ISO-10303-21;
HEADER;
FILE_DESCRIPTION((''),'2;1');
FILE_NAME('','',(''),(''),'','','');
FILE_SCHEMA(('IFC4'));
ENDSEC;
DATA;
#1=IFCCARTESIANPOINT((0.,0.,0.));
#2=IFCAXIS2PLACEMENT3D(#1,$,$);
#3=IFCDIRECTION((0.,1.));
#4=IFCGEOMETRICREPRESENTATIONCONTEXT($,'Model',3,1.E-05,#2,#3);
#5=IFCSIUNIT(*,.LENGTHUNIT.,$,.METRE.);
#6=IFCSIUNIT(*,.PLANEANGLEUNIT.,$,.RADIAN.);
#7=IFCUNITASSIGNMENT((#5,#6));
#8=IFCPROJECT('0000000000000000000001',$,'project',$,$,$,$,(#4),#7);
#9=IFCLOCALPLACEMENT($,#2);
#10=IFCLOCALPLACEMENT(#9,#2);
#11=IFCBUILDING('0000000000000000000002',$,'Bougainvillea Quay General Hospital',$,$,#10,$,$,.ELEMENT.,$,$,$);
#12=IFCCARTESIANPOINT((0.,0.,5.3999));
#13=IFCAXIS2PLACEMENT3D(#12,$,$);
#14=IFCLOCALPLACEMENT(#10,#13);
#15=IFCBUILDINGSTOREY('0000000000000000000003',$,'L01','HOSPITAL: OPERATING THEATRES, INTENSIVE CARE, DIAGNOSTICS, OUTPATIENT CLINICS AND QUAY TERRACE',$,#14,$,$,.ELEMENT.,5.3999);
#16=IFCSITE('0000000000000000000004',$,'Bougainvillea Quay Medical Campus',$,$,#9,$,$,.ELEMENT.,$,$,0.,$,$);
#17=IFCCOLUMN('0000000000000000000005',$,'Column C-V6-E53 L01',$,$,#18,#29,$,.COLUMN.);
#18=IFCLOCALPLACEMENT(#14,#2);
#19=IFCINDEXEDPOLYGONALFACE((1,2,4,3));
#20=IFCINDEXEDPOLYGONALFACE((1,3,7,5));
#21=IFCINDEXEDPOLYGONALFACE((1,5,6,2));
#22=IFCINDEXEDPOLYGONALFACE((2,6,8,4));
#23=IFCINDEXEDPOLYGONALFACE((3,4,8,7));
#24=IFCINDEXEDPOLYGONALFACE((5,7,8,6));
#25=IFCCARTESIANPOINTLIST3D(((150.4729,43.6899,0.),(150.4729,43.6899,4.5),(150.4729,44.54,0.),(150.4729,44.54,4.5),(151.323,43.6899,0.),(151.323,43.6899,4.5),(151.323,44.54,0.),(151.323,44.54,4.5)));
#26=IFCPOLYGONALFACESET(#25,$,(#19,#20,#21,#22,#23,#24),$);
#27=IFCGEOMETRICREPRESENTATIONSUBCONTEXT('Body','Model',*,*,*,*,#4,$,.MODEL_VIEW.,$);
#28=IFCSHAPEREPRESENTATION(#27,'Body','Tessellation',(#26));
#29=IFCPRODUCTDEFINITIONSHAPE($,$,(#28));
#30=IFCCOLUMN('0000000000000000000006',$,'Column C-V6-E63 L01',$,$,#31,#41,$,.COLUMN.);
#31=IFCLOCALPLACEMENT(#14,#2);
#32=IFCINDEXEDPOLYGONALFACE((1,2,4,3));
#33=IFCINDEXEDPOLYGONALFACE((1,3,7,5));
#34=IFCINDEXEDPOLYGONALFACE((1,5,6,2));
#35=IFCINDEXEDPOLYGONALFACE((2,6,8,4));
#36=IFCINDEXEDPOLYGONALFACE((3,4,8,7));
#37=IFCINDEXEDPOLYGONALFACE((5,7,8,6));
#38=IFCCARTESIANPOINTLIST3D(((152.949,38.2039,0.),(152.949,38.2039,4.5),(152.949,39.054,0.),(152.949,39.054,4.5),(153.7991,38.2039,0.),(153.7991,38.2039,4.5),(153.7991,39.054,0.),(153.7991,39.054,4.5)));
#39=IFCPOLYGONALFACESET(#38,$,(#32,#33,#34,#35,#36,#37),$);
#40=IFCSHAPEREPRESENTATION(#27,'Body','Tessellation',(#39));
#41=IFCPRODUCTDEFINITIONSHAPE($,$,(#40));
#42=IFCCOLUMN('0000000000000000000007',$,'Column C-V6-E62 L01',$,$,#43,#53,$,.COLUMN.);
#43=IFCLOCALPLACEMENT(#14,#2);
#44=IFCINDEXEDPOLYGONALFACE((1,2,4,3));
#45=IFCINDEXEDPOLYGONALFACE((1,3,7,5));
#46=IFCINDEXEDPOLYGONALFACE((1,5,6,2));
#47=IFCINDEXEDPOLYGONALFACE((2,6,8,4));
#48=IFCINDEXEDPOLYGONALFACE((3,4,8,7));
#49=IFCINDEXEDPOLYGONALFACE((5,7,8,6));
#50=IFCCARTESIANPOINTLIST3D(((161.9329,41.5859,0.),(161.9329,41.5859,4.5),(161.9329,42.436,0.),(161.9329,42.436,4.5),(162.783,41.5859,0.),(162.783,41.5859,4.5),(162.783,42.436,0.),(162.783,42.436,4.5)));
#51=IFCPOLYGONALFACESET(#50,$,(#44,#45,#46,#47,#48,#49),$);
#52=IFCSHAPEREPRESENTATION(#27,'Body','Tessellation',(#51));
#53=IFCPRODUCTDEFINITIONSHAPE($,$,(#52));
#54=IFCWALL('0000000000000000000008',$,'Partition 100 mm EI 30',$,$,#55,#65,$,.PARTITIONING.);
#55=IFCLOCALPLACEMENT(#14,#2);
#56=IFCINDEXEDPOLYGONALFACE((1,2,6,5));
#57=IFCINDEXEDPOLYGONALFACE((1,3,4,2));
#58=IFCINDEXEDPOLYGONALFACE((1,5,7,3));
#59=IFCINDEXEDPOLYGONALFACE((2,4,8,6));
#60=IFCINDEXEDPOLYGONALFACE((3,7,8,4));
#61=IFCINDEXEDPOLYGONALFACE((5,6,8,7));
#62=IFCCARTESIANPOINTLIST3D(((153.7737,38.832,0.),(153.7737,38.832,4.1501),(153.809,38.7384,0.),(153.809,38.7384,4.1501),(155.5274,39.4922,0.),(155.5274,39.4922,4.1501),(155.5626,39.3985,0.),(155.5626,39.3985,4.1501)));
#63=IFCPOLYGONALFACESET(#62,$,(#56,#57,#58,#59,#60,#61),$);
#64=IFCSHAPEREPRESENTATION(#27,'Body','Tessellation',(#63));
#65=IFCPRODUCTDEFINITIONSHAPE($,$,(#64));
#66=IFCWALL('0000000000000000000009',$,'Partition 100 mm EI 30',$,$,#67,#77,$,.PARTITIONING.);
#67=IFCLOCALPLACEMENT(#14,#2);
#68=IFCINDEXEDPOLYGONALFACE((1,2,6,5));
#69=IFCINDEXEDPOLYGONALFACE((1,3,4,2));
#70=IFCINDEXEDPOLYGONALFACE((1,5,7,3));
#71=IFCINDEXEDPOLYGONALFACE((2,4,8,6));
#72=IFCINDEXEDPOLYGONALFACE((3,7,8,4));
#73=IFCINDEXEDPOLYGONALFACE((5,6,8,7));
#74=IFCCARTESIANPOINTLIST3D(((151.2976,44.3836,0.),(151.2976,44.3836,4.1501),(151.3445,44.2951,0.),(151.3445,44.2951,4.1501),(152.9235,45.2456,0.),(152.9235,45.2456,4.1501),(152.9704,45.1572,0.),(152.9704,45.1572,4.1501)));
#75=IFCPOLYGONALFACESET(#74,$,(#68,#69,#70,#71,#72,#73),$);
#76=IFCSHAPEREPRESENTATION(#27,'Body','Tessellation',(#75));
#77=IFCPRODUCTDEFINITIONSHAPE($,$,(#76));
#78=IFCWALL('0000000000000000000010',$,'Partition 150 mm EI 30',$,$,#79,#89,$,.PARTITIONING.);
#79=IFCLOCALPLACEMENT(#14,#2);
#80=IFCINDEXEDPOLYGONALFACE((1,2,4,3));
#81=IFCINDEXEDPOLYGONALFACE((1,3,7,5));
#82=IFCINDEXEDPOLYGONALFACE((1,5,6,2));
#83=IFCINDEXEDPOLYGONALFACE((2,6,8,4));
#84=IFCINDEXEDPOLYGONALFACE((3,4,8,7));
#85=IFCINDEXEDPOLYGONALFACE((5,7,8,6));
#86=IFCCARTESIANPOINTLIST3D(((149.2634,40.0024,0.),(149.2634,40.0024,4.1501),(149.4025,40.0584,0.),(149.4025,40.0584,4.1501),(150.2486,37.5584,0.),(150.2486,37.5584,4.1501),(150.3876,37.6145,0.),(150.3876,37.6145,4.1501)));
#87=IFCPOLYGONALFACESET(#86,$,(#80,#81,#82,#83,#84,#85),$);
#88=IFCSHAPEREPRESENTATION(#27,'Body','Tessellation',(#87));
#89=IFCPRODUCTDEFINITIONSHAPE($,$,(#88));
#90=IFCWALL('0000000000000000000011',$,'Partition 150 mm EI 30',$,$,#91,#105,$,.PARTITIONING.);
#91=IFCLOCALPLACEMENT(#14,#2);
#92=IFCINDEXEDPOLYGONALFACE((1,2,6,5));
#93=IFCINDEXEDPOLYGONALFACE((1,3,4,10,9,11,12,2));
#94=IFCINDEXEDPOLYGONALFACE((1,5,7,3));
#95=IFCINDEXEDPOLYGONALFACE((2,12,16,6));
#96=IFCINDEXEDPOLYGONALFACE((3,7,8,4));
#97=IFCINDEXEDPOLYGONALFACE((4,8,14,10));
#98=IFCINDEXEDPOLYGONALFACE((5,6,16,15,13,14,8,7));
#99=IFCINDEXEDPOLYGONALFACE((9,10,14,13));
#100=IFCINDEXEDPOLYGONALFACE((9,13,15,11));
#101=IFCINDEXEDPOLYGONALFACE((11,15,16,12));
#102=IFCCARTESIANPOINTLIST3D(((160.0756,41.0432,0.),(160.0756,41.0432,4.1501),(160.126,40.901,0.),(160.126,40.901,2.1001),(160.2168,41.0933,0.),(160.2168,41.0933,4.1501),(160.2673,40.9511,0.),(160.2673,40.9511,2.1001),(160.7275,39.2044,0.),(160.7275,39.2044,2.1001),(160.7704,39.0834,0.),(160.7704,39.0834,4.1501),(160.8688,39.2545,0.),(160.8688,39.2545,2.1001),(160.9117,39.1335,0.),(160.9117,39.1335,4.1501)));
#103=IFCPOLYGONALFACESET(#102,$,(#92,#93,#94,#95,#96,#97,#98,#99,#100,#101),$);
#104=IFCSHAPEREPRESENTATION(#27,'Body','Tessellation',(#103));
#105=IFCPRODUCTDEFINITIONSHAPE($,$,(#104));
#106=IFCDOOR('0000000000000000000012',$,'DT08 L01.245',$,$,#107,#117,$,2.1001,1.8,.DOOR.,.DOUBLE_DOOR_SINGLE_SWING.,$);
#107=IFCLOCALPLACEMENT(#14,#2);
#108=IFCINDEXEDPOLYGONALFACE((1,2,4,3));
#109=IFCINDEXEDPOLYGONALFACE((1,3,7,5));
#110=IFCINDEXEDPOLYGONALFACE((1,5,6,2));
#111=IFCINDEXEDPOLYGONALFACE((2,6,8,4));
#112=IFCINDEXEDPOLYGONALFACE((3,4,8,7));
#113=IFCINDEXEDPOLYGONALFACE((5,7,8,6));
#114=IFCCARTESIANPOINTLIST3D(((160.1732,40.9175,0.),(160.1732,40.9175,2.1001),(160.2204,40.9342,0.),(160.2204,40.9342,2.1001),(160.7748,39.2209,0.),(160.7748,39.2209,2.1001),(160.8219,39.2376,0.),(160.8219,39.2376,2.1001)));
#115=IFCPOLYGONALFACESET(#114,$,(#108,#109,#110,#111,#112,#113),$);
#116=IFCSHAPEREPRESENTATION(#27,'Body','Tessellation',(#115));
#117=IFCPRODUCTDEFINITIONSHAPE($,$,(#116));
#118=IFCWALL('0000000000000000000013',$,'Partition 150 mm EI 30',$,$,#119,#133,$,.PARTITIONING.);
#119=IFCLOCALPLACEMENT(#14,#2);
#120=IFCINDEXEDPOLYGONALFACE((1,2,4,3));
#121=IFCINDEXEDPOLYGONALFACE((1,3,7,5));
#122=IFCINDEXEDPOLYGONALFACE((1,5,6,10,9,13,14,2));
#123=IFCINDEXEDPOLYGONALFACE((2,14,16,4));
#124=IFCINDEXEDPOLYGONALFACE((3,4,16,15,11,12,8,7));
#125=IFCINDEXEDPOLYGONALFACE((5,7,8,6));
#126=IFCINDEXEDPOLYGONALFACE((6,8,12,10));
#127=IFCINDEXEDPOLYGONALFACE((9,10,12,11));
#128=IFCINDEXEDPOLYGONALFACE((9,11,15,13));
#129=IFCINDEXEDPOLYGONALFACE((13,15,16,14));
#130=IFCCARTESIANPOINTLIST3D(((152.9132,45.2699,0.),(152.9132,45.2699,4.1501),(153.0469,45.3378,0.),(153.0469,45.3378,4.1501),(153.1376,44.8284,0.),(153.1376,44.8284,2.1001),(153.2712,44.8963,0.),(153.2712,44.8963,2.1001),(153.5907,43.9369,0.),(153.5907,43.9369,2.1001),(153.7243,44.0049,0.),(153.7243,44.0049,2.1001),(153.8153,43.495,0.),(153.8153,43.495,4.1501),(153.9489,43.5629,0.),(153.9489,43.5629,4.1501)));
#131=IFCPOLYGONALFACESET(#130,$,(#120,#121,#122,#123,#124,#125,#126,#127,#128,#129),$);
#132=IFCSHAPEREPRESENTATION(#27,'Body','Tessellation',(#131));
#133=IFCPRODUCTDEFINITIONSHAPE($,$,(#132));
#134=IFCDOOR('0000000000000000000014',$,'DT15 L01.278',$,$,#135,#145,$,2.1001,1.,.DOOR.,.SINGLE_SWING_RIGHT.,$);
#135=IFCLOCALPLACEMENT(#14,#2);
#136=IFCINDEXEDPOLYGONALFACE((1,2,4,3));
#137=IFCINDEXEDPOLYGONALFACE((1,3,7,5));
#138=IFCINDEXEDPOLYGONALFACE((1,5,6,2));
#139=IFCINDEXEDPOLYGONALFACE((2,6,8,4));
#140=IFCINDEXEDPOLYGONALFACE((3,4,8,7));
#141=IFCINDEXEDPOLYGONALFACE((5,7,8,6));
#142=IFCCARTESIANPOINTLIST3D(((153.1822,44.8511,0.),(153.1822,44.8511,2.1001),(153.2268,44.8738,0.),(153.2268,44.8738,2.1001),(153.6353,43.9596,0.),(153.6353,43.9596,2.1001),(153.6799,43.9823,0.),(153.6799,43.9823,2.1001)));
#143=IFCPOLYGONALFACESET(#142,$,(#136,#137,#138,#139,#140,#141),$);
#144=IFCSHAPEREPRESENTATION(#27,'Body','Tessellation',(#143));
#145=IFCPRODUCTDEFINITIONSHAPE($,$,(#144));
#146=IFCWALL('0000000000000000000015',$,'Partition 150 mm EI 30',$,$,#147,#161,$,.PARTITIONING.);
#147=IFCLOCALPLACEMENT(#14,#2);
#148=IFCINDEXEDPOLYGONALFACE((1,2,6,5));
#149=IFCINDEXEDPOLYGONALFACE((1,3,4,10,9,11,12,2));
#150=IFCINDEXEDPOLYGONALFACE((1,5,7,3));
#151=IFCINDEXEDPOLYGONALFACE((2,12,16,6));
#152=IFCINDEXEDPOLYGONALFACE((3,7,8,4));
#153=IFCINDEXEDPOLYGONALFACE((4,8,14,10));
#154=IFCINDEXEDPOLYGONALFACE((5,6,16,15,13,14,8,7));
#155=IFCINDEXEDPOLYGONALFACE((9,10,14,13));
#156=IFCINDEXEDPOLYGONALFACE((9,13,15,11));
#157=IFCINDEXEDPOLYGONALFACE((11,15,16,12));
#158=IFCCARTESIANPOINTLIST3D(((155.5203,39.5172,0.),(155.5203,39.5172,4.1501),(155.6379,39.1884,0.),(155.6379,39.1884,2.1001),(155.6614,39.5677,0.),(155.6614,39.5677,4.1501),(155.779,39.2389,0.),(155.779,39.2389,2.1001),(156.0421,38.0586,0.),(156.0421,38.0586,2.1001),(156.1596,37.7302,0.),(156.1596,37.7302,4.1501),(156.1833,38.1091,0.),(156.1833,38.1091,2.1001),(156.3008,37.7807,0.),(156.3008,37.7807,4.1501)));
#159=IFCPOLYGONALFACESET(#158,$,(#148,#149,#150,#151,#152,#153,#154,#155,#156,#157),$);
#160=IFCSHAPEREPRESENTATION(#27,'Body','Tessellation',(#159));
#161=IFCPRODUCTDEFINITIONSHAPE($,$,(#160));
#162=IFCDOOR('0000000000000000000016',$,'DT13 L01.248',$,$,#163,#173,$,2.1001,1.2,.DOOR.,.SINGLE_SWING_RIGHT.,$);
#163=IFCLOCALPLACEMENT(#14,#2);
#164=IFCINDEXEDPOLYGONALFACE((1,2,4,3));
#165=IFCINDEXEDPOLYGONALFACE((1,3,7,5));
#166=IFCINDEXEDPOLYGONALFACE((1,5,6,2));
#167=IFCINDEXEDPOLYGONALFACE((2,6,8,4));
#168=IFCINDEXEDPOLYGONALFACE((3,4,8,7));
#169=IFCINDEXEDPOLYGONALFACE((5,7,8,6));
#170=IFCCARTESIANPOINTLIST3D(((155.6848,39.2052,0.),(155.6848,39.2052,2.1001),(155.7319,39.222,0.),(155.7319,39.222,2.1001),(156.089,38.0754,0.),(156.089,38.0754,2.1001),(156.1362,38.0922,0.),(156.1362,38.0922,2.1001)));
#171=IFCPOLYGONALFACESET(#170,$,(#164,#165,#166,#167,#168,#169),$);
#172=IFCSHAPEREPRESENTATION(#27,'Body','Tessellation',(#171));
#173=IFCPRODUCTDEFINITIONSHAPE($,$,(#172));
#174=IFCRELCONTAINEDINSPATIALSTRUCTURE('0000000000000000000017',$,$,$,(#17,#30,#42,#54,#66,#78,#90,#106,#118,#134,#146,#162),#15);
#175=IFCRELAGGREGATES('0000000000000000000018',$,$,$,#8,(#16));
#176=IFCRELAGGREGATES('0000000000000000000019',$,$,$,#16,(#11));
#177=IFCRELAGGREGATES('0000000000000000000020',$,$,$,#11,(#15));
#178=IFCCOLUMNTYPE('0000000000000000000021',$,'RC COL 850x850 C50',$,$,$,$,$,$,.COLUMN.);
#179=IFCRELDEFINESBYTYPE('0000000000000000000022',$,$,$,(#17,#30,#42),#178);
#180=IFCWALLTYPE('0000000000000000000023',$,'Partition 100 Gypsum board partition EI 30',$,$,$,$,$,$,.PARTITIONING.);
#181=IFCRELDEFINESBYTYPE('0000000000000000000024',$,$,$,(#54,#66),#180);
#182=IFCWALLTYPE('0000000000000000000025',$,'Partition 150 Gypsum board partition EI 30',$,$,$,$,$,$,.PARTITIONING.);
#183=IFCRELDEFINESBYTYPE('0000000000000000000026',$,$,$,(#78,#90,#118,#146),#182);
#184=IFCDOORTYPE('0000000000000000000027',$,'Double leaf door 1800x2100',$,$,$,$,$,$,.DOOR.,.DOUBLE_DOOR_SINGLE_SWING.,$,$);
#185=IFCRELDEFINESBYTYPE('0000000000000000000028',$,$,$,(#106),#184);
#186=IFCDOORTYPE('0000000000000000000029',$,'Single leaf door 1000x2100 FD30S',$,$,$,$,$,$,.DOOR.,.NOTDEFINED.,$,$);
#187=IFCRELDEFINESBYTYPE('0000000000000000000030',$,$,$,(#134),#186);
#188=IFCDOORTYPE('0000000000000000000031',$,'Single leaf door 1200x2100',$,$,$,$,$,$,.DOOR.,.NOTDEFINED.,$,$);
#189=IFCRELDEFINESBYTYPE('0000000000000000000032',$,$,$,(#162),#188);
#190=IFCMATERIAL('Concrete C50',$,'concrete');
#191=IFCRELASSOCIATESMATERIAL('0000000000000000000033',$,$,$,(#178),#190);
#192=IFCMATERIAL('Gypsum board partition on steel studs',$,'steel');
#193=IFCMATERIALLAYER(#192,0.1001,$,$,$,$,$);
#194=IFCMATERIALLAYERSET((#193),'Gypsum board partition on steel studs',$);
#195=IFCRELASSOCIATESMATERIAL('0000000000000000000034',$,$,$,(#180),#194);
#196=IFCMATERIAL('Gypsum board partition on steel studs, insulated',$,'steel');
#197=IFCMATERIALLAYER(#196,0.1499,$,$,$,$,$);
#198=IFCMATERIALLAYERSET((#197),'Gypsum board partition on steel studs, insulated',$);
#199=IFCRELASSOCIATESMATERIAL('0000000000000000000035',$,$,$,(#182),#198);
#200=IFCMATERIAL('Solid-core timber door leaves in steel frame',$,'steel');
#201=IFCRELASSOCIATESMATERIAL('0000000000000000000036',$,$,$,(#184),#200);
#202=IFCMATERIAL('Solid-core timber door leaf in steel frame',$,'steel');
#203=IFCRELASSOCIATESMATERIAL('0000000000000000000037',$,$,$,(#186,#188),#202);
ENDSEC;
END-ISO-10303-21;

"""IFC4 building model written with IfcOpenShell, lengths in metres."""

from ifc_helpers import new_model, si_unit, direction, frame, frame_2d, origin, origin_2d, place, context, subcontext, project, spatial, rectangle, extrude, material, layer, layer_set, material_profile, profile_set, type_object, element, fill, save


model = new_model("IFC4")

# Units and contexts
model_context = context("Model", 3, precision=1e-05, world=origin(), true_north=direction((0.0, 1.0)))
body_context = subcontext(model_context, "Body", "Model", "MODEL_VIEW")
ifc_project = project(units=[si_unit("LENGTHUNIT", "METRE"), si_unit("PLANEANGLEUNIT", "RADIAN")], contexts=[model_context])

# Site, building, storey
site_placement = place(None, origin())
site = spatial("IfcSite", under=ifc_project, at=site_placement, Name="Bougainvillea Quay Medical Campus", CompositionType="ELEMENT", RefElevation=0.0)
building_placement = place(site_placement, origin())
building = spatial("IfcBuilding", under=site, at=building_placement, Name="Bougainvillea Quay General Hospital", CompositionType="ELEMENT")
storey_placement = place(building_placement, frame((0.0, 0.0, 5.3999)))
storey = spatial("IfcBuildingStorey", under=building, at=storey_placement, Name="L01", Description="HOSPITAL: OPERATING THEATRES, INTENSIVE CARE, DIAGNOSTICS, OUTPATIENT CLINICS AND QUAY TERRACE", CompositionType="ELEMENT", Elevation=5.3999)

# Columns
ifc_material_1 = material(Name="Concrete C50", Category="concrete")
ifc_material_profile = material_profile(ifc_material_1, rectangle(XDim=0.8501, YDim=0.8501, at=origin_2d()))
ifc_profile_set = profile_set([ifc_material_profile], Name="Concrete C50")
column_type = type_object("IfcColumnType", Name="RC COL 850x850 C50", PredefinedType="COLUMN", material=ifc_profile_set)
for number, where, z_axis, x_axis, name in (
    (1, (150.8979, 44.115, 0.0), (0.0, 0.0, 1.0), (1.0, 0.0, 0.0), "Column C-V6-E53 L01"),
    (2, (153.374, 38.6289, 0.0), (0.0, 0.0, 1.0), (1.0, 0.0, 0.0), "Column C-V6-E63 L01"),
    (3, (162.3579, 42.011, 0.0), (0.0, 0.0, 1.0), (1.0, 0.0, 0.0), "Column C-V6-E62 L01"),
):
    element("IfcColumn", number, at=place(storey_placement, frame(where, z_axis=z_axis, x_axis=x_axis)), inside=storey, type_object=column_type, Name=name, PredefinedType="COLUMN", context=body_context, shape_type="SweptSolid", body=[
        extrude(rectangle(XDim=0.8501, YDim=0.8501, at=origin_2d()), origin(), (0.0, 0.0, 1.0), 4.5),
    ])

# Walls
ifc_material_2 = material(Name="Gypsum board partition on steel studs", Category="steel")
ifc_layer_1 = layer(ifc_material_2, 0.1001)
ifc_layer_set_1 = layer_set([ifc_layer_1], Name="Gypsum board partition on steel studs")
wall_type_1 = type_object("IfcWallType", Name="Partition 100 Gypsum board partition EI 30", PredefinedType="PARTITIONING", material=ifc_layer_set_1)
wall_1_placement = place(storey_placement, frame((153.7913, 38.7852, 0.0), z_axis=(0.0, 0.0, 1.0), x_axis=(0.935884, 0.352308, 0.0)))
element("IfcWall", 4, at=wall_1_placement, inside=storey, type_object=wall_type_1, Name="Partition 100 mm EI 30", PredefinedType="PARTITIONING", context=body_context, shape_type="SweptSolid", body=[
    extrude(rectangle(XDim=1.8738, YDim=0.1001, at=frame_2d((0.937, 0.0))), origin(), (0.0, 0.0, 1.0), 4.1501),
])
wall_2_placement = place(storey_placement, frame((151.321, 44.3394, 0.0), z_axis=(0.0, 0.0, 1.0), x_axis=(0.883507, 0.468418, 0.0)))
element("IfcWall", 5, at=wall_2_placement, inside=storey, type_object=wall_type_1, Name="Partition 100 mm EI 30", PredefinedType="PARTITIONING", context=body_context, shape_type="SweptSolid", body=[
    extrude(rectangle(XDim=1.8403, YDim=0.1001, at=frame_2d((0.9202, 0.0))), origin(), (0.0, 0.0, 1.0), 4.1501),
])
ifc_material_3 = material(Name="Gypsum board partition on steel studs, insulated", Category="steel")
ifc_layer_2 = layer(ifc_material_3, 0.1499)
ifc_layer_set_2 = layer_set([ifc_layer_2], Name="Gypsum board partition on steel studs, insulated")
wall_type_2 = type_object("IfcWallType", Name="Partition 150 Gypsum board partition EI 30", PredefinedType="PARTITIONING", material=ifc_layer_set_2)
wall_3_placement = place(storey_placement, frame((149.333, 40.0303, 0.0), z_axis=(0.0, 0.0, 1.0), x_axis=(0.373865, -0.927483, 0.0)))
element("IfcWall", 6, at=wall_3_placement, inside=storey, type_object=wall_type_2, Name="Partition 150 mm EI 30", PredefinedType="PARTITIONING", context=body_context, shape_type="SweptSolid", body=[
    extrude(rectangle(XDim=2.635, YDim=0.1499, at=frame_2d((1.3174, 0.0))), origin(), (0.0, 0.0, 1.0), 4.1501),
])

# Walls, openings, doors
wall_4_placement = place(storey_placement, frame((160.1462, 41.0681, 0.0), z_axis=(0.0, 0.0, 1.0), x_axis=(0.334171, -0.942512, 0.0)))
wall_4 = element("IfcWall", 7, at=wall_4_placement, inside=storey, type_object=wall_type_2, Name="Partition 150 mm EI 30", PredefinedType="PARTITIONING", context=body_context, shape_type="SweptSolid", body=[
    extrude(rectangle(XDim=2.0793, YDim=0.1499, at=frame_2d((1.0396, 0.0))), origin(), (0.0, 0.0, 1.0), 4.1501),
])
opening_1_placement = place(wall_4_placement, frame((0.1509, 0.0, 0.0)))
opening_1 = element("IfcOpeningElement", 8, at=opening_1_placement, cuts=wall_4, PredefinedType="OPENING", context=body_context, shape_type="SweptSolid", body=[
    extrude(rectangle(XDim=1.8, YDim=2.1001, at=frame_2d((0.8999, 1.05))), frame((0.0, 0.085, 0.0), z_axis=(0.0, -1.0, 0.0), x_axis=(1.0, 0.0, 0.0)), (0.0, 0.0, 1.0), 0.1699),
])
ifc_material_4 = material(Name="Solid-core timber door leaves in steel frame", Category="steel")
door_type_1 = type_object("IfcDoorType", Name="Double leaf door 1800x2100", OperationType="DOUBLE_DOOR_SINGLE_SWING", PredefinedType="DOOR", material=ifc_material_4)
door_1_placement = place(opening_1_placement, frame((1.8, 0.0, 0.0), z_axis=(0.0, 0.0, 1.0), x_axis=(-1.0, 0.0, 0.0)))
door_1 = element("IfcDoor", 9, at=door_1_placement, inside=storey, type_object=door_type_1, Name="DT08 L01.245", OperationType="DOUBLE_DOOR_SINGLE_SWING", OverallHeight=2.1001, OverallWidth=1.8, PredefinedType="DOOR", context=body_context, shape_type="SweptSolid", body=[
    extrude(rectangle(XDim=1.8, YDim=2.1001, at=frame_2d((0.8999, 1.05))), frame((0.0, 0.0249, 0.0), z_axis=(0.0, -1.0, 0.0), x_axis=(1.0, 0.0, 0.0)), (0.0, 0.0, 1.0), 0.05),
])
fill(opening_1, door_1)
wall_5_placement = place(storey_placement, frame((152.98, 45.304, 0.0), z_axis=(0.0, 0.0, 1.0), x_axis=(0.45309, -0.891465, 0.0)))
wall_5 = element("IfcWall", 10, at=wall_5_placement, inside=storey, type_object=wall_type_2, Name="Partition 150 mm EI 30", PredefinedType="PARTITIONING", context=body_context, shape_type="SweptSolid", body=[
    extrude(rectangle(XDim=1.991, YDim=0.1499, at=frame_2d((0.9956, 0.0))), origin(), (0.0, 0.0, 1.0), 4.1501),
])
opening_2_placement = place(wall_5_placement, frame((0.4954, 0.0, 0.0)))
opening_2 = element("IfcOpeningElement", 11, at=opening_2_placement, cuts=wall_5, PredefinedType="OPENING", context=body_context, shape_type="SweptSolid", body=[
    extrude(rectangle(XDim=1.0, YDim=2.1001, at=frame_2d((0.5, 1.05))), frame((0.0, 0.085, 0.0), z_axis=(0.0, -1.0, 0.0), x_axis=(1.0, 0.0, 0.0)), (0.0, 0.0, 1.0), 0.1699),
])
ifc_material_5 = material(Name="Solid-core timber door leaf in steel frame", Category="steel")
door_type_2 = type_object("IfcDoorType", Name="Single leaf door 1000x2100 FD30S", OperationType="NOTDEFINED", PredefinedType="DOOR", material=ifc_material_5)
door_2_placement = place(opening_2_placement, frame((1.0, 0.0, 0.0), z_axis=(0.0, 0.0, 1.0), x_axis=(-1.0, 0.0, 0.0)))
door_2 = element("IfcDoor", 12, at=door_2_placement, inside=storey, type_object=door_type_2, Name="DT15 L01.278", OperationType="SINGLE_SWING_RIGHT", OverallHeight=2.1001, OverallWidth=1.0, PredefinedType="DOOR", context=body_context, shape_type="SweptSolid", body=[
    extrude(rectangle(XDim=1.0, YDim=2.1001, at=frame_2d((0.5, 1.05))), frame((0.0, 0.0249, 0.0), z_axis=(0.0, -1.0, 0.0), x_axis=(1.0, 0.0, 0.0)), (0.0, 0.0, 1.0), 0.05),
])
fill(opening_2, door_2)
wall_6_placement = place(storey_placement, frame((155.5908, 39.5425, 0.0), z_axis=(0.0, 0.0, 1.0), x_axis=(0.336874, -0.94155, 0.0)))
wall_6 = element("IfcWall", 13, at=wall_6_placement, inside=storey, type_object=wall_type_2, Name="Partition 150 mm EI 30", PredefinedType="PARTITIONING", context=body_context, shape_type="SweptSolid", body=[
    extrude(rectangle(XDim=1.8979, YDim=0.1499, at=frame_2d((0.949, 0.0))), origin(), (0.0, 0.0, 1.0), 4.1501),
])
opening_3_placement = place(wall_6_placement, frame((0.3491, 0.0, 0.0)))
opening_3 = element("IfcOpeningElement", 14, at=opening_3_placement, cuts=wall_6, PredefinedType="OPENING", context=body_context, shape_type="SweptSolid", body=[
    extrude(rectangle(XDim=1.2, YDim=2.1001, at=frame_2d((0.6001, 1.05))), frame((0.0, 0.085, 0.0), z_axis=(0.0, -1.0, 0.0), x_axis=(1.0, 0.0, 0.0)), (0.0, 0.0, 1.0), 0.1699),
])
door_type_3 = type_object("IfcDoorType", Name="Single leaf door 1200x2100", OperationType="NOTDEFINED", PredefinedType="DOOR", material=ifc_material_5)
door_3_placement = place(opening_3_placement, origin())
door_3 = element("IfcDoor", 15, at=door_3_placement, inside=storey, type_object=door_type_3, Name="DT13 L01.248", OperationType="SINGLE_SWING_RIGHT", OverallHeight=2.1001, OverallWidth=1.2, PredefinedType="DOOR", context=body_context, shape_type="SweptSolid", body=[
    extrude(rectangle(XDim=1.2, YDim=2.1001, at=frame_2d((0.6001, 1.05))), frame((0.0, 0.0249, 0.0), z_axis=(0.0, -1.0, 0.0), x_axis=(1.0, 0.0, 0.0)), (0.0, 0.0, 1.0), 0.05),
])
fill(opening_3, door_3)

save(model, "model.ifc")
